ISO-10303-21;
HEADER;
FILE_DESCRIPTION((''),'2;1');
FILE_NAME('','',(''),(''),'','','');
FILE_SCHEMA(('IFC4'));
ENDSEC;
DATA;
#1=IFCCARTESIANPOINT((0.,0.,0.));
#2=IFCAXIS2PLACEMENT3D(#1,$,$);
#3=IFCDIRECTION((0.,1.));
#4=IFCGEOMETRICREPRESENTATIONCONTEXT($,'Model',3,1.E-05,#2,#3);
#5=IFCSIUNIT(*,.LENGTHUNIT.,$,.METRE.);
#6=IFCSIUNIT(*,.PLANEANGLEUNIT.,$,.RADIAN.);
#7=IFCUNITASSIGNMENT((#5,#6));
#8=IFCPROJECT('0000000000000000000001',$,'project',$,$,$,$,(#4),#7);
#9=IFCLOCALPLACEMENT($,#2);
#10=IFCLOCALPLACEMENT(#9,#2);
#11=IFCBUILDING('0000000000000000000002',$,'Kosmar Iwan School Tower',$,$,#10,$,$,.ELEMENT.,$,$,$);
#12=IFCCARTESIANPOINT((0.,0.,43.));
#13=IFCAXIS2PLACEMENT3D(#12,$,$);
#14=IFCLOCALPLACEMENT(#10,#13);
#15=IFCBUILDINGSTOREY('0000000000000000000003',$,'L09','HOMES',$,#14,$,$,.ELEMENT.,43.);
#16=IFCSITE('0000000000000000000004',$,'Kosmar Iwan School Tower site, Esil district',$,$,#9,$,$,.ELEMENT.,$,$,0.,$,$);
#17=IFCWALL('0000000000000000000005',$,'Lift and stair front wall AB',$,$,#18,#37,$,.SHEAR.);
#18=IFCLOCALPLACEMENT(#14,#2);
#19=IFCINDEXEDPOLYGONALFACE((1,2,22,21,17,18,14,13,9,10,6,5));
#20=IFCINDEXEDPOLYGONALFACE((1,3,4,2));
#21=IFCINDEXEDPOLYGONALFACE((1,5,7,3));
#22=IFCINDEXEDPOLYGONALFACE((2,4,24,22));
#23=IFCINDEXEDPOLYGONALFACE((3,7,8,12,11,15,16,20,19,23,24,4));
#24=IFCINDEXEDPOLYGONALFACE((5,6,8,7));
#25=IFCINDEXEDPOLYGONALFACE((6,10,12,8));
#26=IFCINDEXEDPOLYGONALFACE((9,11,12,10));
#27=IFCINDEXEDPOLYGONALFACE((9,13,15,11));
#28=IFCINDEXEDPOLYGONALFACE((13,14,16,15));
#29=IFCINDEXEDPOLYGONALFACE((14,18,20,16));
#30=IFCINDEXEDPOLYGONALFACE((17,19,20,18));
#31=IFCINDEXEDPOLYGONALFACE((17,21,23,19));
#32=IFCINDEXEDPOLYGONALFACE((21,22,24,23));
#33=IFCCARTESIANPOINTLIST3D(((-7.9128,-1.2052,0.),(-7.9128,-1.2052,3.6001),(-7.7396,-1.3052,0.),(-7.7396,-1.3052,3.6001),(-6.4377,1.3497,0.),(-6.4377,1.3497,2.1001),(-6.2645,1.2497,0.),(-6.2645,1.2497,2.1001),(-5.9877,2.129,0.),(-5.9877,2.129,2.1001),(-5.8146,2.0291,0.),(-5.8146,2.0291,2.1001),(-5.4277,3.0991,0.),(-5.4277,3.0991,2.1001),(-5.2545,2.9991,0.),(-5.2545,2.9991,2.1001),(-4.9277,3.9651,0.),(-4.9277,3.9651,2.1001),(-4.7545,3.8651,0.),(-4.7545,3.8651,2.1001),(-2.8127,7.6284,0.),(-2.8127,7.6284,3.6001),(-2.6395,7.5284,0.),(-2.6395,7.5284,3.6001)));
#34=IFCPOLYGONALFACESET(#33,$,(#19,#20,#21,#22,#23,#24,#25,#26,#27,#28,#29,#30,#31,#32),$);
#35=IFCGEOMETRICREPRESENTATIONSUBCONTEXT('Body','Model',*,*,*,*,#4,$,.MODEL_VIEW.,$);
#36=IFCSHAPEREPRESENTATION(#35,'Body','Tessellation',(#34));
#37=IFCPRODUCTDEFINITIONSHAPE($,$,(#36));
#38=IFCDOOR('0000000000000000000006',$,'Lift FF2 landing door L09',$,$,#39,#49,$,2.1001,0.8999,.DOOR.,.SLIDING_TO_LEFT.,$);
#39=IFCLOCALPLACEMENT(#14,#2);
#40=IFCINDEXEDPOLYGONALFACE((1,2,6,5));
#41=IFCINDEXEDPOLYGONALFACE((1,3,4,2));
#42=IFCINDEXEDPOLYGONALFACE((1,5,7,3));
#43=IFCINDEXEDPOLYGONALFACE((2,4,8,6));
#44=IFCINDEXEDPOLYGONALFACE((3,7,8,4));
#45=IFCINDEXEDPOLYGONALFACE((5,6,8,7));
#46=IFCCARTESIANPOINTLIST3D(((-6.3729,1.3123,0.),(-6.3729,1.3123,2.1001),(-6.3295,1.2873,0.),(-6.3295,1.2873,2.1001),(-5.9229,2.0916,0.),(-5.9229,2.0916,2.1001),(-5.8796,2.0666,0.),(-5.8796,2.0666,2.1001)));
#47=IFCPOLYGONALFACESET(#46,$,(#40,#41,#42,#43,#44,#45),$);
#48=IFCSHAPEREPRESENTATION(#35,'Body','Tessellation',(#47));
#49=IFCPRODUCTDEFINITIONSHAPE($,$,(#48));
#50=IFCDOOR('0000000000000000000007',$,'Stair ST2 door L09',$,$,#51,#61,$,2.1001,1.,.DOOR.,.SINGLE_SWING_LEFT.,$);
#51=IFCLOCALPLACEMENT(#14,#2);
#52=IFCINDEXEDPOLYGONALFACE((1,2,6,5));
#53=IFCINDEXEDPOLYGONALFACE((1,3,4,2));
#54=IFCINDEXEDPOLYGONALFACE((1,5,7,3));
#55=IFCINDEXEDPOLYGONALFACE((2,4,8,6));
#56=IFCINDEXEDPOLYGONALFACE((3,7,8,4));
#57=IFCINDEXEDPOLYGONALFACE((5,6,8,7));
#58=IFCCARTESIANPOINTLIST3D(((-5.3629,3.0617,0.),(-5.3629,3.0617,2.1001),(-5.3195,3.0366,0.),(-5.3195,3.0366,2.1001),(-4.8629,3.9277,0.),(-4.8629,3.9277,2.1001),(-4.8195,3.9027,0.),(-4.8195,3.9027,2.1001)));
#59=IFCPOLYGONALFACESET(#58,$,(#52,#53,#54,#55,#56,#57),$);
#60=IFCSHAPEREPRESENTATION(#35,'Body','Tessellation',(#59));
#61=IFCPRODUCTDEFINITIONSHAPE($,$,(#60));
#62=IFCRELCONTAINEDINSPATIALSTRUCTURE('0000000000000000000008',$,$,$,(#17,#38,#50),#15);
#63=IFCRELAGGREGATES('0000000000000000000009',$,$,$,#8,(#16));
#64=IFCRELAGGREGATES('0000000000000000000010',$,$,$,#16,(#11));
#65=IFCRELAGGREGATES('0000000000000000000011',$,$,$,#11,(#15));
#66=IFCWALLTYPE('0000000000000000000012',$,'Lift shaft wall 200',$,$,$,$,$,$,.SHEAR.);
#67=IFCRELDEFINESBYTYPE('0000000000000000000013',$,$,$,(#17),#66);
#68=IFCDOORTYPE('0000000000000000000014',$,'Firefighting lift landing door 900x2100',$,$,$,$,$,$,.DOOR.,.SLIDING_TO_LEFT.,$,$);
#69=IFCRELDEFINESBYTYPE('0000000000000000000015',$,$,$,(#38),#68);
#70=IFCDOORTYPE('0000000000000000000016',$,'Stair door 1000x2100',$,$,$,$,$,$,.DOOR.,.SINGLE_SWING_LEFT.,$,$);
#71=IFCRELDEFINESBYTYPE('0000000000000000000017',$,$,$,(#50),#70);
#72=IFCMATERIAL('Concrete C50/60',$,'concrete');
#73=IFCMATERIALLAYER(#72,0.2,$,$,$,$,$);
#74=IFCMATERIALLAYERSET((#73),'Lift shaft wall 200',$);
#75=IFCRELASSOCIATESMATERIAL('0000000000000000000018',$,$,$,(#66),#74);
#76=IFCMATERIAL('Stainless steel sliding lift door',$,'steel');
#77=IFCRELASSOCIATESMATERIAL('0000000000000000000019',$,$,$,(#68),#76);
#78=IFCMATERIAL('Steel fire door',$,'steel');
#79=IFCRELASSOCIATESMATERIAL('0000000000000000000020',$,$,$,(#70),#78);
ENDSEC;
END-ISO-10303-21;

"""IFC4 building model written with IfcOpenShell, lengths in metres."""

from ifc_helpers import new_model, si_unit, direction, frame, frame_2d, origin, place, context, subcontext, project, spatial, rectangle, extrude, material, layer, layer_set, type_object, element, fill, save


model = new_model("IFC4")

# Units and contexts
model_context = context("Model", 3, precision=1e-05, world=origin(), true_north=direction((0.0, 1.0)))
body_context = subcontext(model_context, "Body", "Model", "MODEL_VIEW")
ifc_project = project(units=[si_unit("LENGTHUNIT", "METRE"), si_unit("PLANEANGLEUNIT", "RADIAN")], contexts=[model_context])

# Site, building, storey
site_placement = place(None, origin())
site = spatial("IfcSite", under=ifc_project, at=site_placement, Name="Kosmar Iwan School Tower site, Esil district", CompositionType="ELEMENT", RefElevation=0.0)
building_placement = place(site_placement, origin())
building = spatial("IfcBuilding", under=site, at=building_placement, Name="Kosmar Iwan School Tower", CompositionType="ELEMENT")
storey_placement = place(building_placement, frame((0.0, 0.0, 43.0)))
storey = spatial("IfcBuildingStorey", under=building, at=storey_placement, Name="L09", Description="HOMES", CompositionType="ELEMENT", Elevation=43.0)

# Wall, openings, doors
ifc_material_1 = material(Name="Concrete C50/60", Category="concrete")
ifc_layer_1 = layer(ifc_material_1, 0.2)
ifc_layer_set_1 = layer_set([ifc_layer_1], Name="Lift shaft wall 200")
wall_type_1 = type_object("IfcWallType", Name="Lift shaft wall 200", PredefinedType="SHEAR", material=ifc_layer_set_1)
wall_1_placement = place(storey_placement, frame((-2.7261, 7.5784, 0.0), z_axis=(0.0, 0.0, 1.0), x_axis=(-0.500006, -0.866022, 0.0)))
wall_1 = element("IfcWall", 1, at=wall_1_placement, inside=storey, type_object=wall_type_1, Name="Lift and stair front wall AB", PredefinedType="SHEAR", context=body_context, shape_type="SweptSolid", body=[
    extrude(rectangle(XDim=10.2002, YDim=0.2, at=frame_2d((5.1001, 0.0))), origin(), (0.0, 0.0, 1.0), 3.6001),
])
opening_1_placement = place(wall_1_placement, frame((6.3501, 0.0, 0.0)))
opening_1 = element("IfcOpeningElement", 2, at=opening_1_placement, cuts=wall_1, PredefinedType="OPENING", context=body_context, shape_type="SweptSolid", body=[
    extrude(rectangle(XDim=0.8999, YDim=2.1001, at=frame_2d((0.45, 1.05))), frame((0.0, 0.1121, 0.0), z_axis=(0.0, -1.0, 0.0), x_axis=(1.0, 0.0, 0.0)), (0.0, 0.0, 1.0), 0.2239),
])
opening_2_placement = place(wall_1_placement, frame((4.23, 0.0, 0.0)))
opening_2 = element("IfcOpeningElement", 3, at=opening_2_placement, cuts=wall_1, PredefinedType="OPENING", context=body_context, shape_type="SweptSolid", body=[
    extrude(rectangle(XDim=1.0, YDim=2.1001, at=frame_2d((0.5, 1.05))), frame((0.0, 0.1121, 0.0), z_axis=(0.0, -1.0, 0.0), x_axis=(1.0, 0.0, 0.0)), (0.0, 0.0, 1.0), 0.2239),
])
ifc_material_2 = material(Name="Stainless steel sliding lift door", Category="steel")
door_type_1 = type_object("IfcDoorType", Name="Firefighting lift landing door 900x2100", OperationType="SLIDING_TO_LEFT", PredefinedType="DOOR", material=ifc_material_2)
door_1_placement = place(opening_1_placement, origin())
door_1 = element("IfcDoor", 4, at=door_1_placement, inside=storey, type_object=door_type_1, Name="Lift FF2 landing door L09", OperationType="SLIDING_TO_LEFT", OverallHeight=2.1001, OverallWidth=0.8999, PredefinedType="DOOR", context=body_context, shape_type="SweptSolid", body=[
    extrude(rectangle(XDim=0.8999, YDim=2.1001, at=frame_2d((0.45, 1.05))), frame((0.0, 0.0249, 0.0), z_axis=(0.0, -1.0, 0.0), x_axis=(1.0, 0.0, 0.0)), (0.0, 0.0, 1.0), 0.05),
])
fill(opening_1, door_1)
ifc_material_3 = material(Name="Steel fire door", Category="steel")
door_type_2 = type_object("IfcDoorType", Name="Stair door 1000x2100", OperationType="SINGLE_SWING_LEFT", PredefinedType="DOOR", material=ifc_material_3)
door_2_placement = place(opening_2_placement, origin())
door_2 = element("IfcDoor", 5, at=door_2_placement, inside=storey, type_object=door_type_2, Name="Stair ST2 door L09", OperationType="SINGLE_SWING_LEFT", OverallHeight=2.1001, OverallWidth=1.0, PredefinedType="DOOR", context=body_context, shape_type="SweptSolid", body=[
    extrude(rectangle(XDim=1.0, YDim=2.1001, at=frame_2d((0.5, 1.05))), frame((0.0, 0.0249, 0.0), z_axis=(0.0, -1.0, 0.0), x_axis=(1.0, 0.0, 0.0)), (0.0, 0.0, 1.0), 0.05),
])
fill(opening_2, door_2)

save(model, "model.ifc")
